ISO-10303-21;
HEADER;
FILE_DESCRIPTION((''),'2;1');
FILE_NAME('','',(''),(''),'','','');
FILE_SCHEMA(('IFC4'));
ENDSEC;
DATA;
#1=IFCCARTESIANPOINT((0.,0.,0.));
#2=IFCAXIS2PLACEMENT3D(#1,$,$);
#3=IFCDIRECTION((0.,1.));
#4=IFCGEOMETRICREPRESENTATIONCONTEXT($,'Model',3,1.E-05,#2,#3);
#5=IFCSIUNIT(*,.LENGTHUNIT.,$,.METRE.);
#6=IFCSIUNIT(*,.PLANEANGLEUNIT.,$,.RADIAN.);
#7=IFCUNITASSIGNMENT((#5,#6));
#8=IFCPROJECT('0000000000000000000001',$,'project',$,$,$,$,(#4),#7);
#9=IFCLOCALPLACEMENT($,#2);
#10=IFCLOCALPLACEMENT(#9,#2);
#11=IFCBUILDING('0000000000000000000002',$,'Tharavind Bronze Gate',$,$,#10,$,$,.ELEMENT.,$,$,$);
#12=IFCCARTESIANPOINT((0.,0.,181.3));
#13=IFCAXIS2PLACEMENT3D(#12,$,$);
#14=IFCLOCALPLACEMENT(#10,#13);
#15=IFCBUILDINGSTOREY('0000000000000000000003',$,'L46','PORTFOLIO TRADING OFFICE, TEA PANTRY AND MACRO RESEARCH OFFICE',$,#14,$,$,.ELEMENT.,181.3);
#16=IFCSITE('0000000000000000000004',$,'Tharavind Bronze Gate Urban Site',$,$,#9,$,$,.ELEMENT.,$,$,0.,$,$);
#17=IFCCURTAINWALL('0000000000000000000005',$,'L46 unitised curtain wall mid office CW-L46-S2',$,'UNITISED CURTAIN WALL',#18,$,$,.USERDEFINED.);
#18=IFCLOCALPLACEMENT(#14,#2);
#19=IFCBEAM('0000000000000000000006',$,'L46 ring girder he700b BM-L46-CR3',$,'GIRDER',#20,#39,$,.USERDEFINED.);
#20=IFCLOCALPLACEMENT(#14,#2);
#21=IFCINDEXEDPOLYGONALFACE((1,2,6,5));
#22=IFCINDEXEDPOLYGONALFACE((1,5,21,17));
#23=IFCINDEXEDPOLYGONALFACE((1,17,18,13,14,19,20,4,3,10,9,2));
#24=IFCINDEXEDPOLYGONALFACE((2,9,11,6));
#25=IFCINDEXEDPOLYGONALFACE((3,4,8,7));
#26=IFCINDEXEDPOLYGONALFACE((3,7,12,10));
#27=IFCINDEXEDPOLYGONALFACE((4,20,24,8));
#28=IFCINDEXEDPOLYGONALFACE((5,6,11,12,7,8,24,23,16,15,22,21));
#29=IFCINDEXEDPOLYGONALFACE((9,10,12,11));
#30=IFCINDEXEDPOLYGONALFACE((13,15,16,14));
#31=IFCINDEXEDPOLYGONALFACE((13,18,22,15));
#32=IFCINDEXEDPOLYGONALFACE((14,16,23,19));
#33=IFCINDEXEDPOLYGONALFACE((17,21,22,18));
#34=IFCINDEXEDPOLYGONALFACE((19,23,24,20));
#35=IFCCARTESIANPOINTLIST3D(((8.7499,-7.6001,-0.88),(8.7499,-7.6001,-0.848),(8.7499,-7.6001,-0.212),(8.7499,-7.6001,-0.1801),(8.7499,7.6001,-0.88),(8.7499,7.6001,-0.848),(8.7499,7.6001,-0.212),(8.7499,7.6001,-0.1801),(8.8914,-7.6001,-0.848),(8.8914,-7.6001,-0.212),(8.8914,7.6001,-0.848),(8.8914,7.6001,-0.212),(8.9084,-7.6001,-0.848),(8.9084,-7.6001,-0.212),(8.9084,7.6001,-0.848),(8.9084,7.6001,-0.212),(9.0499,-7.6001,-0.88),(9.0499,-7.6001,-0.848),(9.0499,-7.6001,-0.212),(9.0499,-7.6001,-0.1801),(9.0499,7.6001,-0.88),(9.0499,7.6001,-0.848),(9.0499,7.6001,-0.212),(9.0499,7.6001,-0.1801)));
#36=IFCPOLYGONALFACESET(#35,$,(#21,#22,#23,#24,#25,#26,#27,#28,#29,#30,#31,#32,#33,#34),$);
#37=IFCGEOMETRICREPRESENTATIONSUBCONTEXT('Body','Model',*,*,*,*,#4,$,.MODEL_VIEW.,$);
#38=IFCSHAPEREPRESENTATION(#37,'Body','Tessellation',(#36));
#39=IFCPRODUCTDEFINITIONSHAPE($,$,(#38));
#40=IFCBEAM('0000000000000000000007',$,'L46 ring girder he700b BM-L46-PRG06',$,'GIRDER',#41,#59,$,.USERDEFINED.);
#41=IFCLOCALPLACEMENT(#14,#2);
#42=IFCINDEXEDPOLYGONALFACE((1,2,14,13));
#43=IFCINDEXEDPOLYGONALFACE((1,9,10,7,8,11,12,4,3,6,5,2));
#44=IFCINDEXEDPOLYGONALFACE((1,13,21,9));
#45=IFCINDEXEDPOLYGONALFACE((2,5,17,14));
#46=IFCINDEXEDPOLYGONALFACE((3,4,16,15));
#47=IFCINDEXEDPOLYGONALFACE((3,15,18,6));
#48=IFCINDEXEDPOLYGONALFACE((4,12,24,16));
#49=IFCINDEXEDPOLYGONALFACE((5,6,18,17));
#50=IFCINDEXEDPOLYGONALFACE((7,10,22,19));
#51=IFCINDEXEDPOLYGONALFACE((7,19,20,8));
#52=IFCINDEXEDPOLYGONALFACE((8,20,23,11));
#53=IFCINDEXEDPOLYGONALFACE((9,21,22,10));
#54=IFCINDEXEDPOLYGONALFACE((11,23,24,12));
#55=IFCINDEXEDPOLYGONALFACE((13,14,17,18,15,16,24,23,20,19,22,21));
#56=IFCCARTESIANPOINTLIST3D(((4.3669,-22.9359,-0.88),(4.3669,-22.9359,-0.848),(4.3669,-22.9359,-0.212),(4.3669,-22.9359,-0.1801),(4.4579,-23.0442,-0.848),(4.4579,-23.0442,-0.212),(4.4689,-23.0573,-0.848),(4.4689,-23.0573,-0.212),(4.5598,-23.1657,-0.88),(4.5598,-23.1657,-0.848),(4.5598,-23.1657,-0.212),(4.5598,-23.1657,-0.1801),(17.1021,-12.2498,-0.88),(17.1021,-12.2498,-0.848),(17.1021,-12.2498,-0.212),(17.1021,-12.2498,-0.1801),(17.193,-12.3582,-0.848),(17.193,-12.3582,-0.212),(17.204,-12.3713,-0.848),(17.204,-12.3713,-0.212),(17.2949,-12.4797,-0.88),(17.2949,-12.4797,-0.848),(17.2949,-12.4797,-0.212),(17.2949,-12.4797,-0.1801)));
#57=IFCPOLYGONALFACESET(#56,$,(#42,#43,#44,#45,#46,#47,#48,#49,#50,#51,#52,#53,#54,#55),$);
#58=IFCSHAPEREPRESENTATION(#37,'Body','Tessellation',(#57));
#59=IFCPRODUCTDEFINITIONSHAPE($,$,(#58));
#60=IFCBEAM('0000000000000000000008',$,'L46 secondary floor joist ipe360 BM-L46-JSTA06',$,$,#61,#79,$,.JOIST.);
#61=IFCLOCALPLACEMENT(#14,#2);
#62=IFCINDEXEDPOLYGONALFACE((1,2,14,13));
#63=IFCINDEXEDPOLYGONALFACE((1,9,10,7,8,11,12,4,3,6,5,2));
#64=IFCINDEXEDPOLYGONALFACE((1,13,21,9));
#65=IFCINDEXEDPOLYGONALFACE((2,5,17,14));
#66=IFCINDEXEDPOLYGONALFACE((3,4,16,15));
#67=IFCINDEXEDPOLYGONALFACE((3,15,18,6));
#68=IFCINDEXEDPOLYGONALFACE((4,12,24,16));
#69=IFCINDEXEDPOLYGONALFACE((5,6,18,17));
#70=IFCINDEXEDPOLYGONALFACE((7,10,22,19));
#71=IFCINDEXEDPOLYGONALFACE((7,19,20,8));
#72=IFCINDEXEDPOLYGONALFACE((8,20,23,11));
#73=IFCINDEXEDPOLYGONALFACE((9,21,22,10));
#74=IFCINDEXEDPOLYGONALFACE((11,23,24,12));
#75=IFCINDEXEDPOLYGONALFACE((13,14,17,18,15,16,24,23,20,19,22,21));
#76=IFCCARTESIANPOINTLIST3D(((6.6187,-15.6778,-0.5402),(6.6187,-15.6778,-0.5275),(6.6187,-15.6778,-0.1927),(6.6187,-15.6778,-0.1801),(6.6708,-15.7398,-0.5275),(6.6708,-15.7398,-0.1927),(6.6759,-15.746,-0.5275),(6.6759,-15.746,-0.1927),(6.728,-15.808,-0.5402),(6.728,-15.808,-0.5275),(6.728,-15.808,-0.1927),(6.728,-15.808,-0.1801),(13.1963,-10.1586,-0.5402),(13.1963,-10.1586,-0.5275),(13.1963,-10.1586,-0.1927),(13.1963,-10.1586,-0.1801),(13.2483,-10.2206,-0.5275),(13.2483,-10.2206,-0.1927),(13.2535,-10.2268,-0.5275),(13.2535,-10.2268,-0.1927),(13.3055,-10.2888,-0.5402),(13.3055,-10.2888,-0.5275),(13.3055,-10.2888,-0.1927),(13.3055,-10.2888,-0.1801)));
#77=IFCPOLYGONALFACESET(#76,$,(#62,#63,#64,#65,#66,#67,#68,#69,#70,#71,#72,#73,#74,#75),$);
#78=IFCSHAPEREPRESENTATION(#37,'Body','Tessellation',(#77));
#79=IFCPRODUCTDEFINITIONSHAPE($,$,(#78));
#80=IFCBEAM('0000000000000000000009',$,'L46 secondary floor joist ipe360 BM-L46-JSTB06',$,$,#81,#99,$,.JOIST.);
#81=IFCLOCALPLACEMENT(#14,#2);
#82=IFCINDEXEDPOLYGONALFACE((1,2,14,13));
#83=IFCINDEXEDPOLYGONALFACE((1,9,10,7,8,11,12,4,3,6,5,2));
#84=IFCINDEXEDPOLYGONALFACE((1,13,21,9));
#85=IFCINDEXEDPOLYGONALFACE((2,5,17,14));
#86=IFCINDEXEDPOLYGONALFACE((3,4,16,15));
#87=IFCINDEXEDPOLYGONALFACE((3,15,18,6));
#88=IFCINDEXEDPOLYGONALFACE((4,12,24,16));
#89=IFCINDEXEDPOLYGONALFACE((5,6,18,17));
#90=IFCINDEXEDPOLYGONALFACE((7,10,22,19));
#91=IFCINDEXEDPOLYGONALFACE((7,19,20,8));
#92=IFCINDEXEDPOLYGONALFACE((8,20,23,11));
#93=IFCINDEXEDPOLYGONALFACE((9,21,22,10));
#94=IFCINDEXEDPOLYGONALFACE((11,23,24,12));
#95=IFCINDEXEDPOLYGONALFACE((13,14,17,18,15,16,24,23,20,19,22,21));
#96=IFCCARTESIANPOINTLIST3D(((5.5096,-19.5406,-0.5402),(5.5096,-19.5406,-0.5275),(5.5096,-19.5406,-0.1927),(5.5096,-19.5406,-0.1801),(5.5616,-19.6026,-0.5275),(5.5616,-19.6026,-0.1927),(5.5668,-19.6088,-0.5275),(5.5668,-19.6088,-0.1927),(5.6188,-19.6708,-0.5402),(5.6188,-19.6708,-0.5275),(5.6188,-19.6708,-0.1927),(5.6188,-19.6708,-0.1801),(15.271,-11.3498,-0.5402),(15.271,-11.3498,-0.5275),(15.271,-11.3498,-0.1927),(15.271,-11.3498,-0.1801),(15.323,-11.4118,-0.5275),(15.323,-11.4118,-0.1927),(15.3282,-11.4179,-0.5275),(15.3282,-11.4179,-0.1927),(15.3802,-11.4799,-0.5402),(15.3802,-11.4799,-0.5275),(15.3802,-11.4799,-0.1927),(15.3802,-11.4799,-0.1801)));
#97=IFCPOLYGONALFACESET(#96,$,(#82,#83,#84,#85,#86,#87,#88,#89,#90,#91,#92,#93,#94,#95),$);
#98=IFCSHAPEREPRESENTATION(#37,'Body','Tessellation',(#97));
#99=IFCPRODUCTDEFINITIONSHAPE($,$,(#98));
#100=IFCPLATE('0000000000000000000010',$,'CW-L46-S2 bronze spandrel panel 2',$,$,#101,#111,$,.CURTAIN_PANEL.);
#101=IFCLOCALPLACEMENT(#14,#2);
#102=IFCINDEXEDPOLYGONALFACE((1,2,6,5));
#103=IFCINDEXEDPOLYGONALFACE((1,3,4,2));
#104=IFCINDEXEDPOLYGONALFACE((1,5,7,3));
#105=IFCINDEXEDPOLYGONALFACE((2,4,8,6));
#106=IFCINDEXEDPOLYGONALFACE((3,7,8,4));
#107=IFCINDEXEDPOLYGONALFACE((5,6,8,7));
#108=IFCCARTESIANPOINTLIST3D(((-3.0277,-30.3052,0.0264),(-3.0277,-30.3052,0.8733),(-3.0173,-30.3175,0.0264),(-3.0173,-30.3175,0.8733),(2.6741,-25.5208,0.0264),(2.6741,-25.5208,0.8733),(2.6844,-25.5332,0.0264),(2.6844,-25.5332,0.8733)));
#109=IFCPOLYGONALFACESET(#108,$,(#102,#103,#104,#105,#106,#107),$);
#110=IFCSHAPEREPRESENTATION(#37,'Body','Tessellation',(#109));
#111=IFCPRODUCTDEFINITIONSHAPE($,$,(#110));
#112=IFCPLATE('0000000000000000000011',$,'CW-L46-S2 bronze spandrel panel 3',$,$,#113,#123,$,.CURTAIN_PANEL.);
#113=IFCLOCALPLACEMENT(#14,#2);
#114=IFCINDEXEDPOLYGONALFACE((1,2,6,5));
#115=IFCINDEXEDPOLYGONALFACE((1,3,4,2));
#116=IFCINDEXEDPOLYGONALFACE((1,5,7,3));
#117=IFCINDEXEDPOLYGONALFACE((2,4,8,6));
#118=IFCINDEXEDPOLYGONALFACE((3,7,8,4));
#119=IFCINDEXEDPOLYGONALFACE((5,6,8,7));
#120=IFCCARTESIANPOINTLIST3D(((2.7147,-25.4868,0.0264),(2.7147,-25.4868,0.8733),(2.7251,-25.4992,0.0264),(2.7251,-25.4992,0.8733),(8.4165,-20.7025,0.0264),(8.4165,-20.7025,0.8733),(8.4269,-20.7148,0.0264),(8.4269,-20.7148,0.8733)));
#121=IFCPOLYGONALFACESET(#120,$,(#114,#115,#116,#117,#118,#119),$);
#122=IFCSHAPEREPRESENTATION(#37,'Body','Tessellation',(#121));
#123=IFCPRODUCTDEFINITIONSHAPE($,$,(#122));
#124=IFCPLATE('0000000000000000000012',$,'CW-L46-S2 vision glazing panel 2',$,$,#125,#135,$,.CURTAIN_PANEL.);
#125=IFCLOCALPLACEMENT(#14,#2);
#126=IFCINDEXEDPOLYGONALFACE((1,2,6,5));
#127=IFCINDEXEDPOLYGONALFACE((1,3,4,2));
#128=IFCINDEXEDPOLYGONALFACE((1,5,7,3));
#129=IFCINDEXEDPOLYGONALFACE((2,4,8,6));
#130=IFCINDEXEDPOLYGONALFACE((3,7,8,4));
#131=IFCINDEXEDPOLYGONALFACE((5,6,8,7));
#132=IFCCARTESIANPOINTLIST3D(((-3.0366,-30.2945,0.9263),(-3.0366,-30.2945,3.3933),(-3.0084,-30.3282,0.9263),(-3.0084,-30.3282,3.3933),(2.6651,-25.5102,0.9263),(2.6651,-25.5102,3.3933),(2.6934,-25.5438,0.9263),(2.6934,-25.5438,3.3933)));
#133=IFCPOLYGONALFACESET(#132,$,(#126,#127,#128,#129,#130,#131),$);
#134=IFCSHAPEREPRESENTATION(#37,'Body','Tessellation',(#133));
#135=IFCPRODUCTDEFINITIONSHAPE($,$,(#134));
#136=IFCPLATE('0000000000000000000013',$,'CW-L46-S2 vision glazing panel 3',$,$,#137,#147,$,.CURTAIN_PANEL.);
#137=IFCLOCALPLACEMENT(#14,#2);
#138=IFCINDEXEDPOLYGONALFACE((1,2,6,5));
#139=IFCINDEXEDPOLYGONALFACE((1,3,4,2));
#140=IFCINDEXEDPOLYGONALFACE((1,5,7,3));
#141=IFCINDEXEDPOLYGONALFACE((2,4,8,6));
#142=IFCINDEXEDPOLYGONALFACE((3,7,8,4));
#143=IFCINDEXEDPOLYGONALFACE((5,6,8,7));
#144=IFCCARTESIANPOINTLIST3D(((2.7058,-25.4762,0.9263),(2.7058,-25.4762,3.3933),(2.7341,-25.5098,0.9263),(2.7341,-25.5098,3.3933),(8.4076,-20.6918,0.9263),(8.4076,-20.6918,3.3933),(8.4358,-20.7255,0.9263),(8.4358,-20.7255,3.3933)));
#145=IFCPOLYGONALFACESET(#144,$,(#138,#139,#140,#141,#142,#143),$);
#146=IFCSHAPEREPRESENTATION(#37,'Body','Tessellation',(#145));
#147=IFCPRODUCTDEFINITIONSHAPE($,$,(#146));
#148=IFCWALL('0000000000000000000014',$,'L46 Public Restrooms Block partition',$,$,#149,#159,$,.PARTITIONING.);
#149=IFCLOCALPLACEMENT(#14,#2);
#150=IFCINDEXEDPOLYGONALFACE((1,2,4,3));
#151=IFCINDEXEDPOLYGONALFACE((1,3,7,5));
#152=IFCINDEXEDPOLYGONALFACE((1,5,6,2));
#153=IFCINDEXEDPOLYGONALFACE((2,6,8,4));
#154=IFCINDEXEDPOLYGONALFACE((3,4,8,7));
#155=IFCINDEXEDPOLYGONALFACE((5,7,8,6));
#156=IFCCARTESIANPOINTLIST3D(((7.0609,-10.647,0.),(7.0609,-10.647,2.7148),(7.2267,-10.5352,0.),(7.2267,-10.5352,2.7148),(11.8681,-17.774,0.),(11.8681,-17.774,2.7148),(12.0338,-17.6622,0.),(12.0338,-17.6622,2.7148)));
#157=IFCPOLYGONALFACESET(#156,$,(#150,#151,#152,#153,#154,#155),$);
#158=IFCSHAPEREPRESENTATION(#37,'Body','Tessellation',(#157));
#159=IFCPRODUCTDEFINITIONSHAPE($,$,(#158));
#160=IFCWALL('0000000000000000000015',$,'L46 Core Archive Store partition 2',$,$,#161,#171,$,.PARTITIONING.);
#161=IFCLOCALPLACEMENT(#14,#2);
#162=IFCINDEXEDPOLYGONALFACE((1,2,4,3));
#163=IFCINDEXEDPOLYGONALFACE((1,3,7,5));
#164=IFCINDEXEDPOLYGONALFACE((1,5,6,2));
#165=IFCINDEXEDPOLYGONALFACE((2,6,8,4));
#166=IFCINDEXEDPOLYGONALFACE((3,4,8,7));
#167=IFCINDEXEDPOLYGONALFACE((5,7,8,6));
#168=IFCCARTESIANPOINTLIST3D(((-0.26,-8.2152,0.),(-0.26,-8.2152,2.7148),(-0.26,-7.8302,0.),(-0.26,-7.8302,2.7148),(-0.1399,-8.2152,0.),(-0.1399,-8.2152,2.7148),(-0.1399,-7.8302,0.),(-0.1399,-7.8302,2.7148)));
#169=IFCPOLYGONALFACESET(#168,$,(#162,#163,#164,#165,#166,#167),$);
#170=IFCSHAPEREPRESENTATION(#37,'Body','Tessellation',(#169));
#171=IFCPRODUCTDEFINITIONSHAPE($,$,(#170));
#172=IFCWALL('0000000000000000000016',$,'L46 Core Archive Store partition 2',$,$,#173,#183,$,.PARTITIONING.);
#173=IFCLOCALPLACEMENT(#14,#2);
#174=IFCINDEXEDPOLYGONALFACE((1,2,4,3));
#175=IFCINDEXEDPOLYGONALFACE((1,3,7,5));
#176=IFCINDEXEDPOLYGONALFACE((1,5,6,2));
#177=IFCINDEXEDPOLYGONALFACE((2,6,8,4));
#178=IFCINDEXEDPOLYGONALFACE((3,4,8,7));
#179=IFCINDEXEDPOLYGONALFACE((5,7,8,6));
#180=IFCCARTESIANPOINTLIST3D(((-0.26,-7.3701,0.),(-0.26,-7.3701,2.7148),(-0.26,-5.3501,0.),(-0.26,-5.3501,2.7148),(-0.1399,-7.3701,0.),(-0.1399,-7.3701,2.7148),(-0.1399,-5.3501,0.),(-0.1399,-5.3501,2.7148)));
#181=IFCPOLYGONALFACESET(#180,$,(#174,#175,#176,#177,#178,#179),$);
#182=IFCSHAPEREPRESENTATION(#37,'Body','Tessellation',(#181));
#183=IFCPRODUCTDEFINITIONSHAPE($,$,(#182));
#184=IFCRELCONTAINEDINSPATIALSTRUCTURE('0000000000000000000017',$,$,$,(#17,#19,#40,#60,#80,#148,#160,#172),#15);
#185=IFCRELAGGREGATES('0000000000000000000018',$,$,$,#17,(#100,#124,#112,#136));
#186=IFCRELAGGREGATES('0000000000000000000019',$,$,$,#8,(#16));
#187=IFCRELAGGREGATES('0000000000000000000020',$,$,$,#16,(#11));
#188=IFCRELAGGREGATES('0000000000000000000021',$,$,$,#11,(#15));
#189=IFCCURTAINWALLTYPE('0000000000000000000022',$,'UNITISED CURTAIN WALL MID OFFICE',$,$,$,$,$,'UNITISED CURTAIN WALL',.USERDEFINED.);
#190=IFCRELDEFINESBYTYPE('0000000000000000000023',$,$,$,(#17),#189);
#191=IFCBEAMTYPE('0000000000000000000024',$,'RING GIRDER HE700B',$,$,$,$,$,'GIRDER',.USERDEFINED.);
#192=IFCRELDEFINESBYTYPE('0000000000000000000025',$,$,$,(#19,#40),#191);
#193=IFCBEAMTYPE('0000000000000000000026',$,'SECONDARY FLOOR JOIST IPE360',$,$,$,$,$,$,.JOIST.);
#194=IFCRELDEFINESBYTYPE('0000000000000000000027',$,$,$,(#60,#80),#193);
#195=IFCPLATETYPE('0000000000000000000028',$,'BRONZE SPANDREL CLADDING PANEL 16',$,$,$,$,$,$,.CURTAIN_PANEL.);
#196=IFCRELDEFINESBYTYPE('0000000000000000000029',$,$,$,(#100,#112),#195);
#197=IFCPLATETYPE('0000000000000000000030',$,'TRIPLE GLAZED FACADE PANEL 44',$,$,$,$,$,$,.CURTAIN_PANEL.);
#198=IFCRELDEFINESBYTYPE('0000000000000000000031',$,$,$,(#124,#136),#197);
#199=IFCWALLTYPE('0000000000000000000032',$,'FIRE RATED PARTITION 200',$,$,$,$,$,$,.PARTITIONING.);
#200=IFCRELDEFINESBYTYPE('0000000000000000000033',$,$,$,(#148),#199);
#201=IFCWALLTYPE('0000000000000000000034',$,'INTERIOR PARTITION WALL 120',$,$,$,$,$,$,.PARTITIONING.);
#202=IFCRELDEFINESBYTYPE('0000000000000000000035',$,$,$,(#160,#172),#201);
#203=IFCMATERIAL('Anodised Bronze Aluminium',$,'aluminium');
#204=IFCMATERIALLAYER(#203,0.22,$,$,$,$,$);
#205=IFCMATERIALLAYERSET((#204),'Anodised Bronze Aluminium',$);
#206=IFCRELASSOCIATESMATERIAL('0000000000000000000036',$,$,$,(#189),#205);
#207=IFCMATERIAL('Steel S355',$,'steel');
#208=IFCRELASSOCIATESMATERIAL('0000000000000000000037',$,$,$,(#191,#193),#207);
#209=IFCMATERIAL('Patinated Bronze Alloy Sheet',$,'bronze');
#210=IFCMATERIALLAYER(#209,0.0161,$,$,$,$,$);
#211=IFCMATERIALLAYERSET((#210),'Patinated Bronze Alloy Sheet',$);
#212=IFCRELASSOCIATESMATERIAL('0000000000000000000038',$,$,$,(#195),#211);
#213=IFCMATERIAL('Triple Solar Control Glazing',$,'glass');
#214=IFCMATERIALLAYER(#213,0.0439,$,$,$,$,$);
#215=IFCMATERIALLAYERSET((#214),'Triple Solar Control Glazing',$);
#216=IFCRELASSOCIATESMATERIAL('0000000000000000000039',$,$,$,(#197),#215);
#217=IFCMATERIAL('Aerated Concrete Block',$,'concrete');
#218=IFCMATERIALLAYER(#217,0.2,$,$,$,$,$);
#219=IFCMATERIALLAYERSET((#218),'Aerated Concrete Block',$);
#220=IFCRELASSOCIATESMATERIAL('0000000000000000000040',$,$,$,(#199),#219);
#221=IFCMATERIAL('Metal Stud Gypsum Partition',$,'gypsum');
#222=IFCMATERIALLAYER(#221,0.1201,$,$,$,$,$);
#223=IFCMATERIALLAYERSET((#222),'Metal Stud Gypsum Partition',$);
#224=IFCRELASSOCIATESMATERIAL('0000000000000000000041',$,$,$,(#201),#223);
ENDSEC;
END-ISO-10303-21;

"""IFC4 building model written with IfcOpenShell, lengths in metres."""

from ifc_helpers import new_model, si_unit, direction, frame, frame_2d, origin, origin_2d, place, context, subcontext, project, spatial, rectangle, i_section, extrude, material, layer, layer_set, material_profile, profile_set, type_object, element, aggregate, save


model = new_model("IFC4")

# Units and contexts
model_context = context("Model", 3, precision=1e-05, world=origin(), true_north=direction((0.0, 1.0)))
body_context = subcontext(model_context, "Body", "Model", "MODEL_VIEW")
ifc_project = project(units=[si_unit("LENGTHUNIT", "METRE"), si_unit("PLANEANGLEUNIT", "RADIAN")], contexts=[model_context])

# Site, building, storey
site_placement = place(None, origin())
site = spatial("IfcSite", under=ifc_project, at=site_placement, Name="Tharavind Bronze Gate Urban Site", CompositionType="ELEMENT", RefElevation=0.0)
building_placement = place(site_placement, origin())
building = spatial("IfcBuilding", under=site, at=building_placement, Name="Tharavind Bronze Gate", CompositionType="ELEMENT")
storey_placement = place(building_placement, frame((0.0, 0.0, 181.3)))
storey = spatial("IfcBuildingStorey", under=building, at=storey_placement, Name="L46", Description="PORTFOLIO TRADING OFFICE, TEA PANTRY AND MACRO RESEARCH OFFICE", CompositionType="ELEMENT", Elevation=181.3)

# Curtain wall
ifc_material_1 = material(Name="Anodised Bronze Aluminium", Category="aluminium")
ifc_layer_1 = layer(ifc_material_1, 0.22)
ifc_layer_set_1 = layer_set([ifc_layer_1], Name="Anodised Bronze Aluminium")
curtain_wall_type = type_object("IfcCurtainWallType", Name="UNITISED CURTAIN WALL MID OFFICE", ElementType="UNITISED CURTAIN WALL", PredefinedType="USERDEFINED", material=ifc_layer_set_1)
curtain_wall_placement = place(storey_placement, origin())
curtain_wall = element("IfcCurtainWall", 1, at=curtain_wall_placement, inside=storey, type_object=curtain_wall_type, Name="L46 unitised curtain wall mid office CW-L46-S2", ObjectType="UNITISED CURTAIN WALL", PredefinedType="USERDEFINED")

# Beams
ifc_material_2 = material(Name="Steel S355", Category="steel")
ifc_material_profile_1 = material_profile(ifc_material_2, i_section(OverallWidth=0.3, OverallDepth=0.7, WebThickness=0.0171, FlangeThickness=0.032, at=origin_2d()), Name="HE700B")
ifc_profile_set_1 = profile_set([ifc_material_profile_1], Name="Steel S355")
beam_type_1 = type_object("IfcBeamType", Name="RING GIRDER HE700B", ElementType="GIRDER", PredefinedType="USERDEFINED", material=ifc_profile_set_1)
beam_1_placement = place(storey_placement, frame((8.8999, -7.6001, -0.53), z_axis=(0.0, 1.0, 0.0), x_axis=(-1.0, 0.0, 0.0)))
element("IfcBeam", 2, at=beam_1_placement, inside=storey, type_object=beam_type_1, Name="L46 ring girder he700b BM-L46-CR3", ObjectType="GIRDER", PredefinedType="USERDEFINED", context=body_context, shape_type="SweptSolid", body=[
    extrude(i_section(OverallWidth=0.3, OverallDepth=0.7, WebThickness=0.0171, FlangeThickness=0.032, at=origin_2d()), origin(), (0.0, 0.0, 1.0), 15.2002),
])
beam_2_placement = place(storey_placement, frame((4.4634, -23.0508, -0.53), z_axis=(0.766044, 0.642788, 0.0), x_axis=(-0.642788, 0.766044, 0.0)))
element("IfcBeam", 3, at=beam_2_placement, inside=storey, type_object=beam_type_1, Name="L46 ring girder he700b BM-L46-PRG06", ObjectType="GIRDER", PredefinedType="USERDEFINED", context=body_context, shape_type="SweptSolid", body=[
    extrude(i_section(OverallWidth=0.3, OverallDepth=0.7, WebThickness=0.0171, FlangeThickness=0.032, at=origin_2d()), origin(), (0.0, 0.0, 1.0), 16.6245),
])
ifc_material_profile_2 = material_profile(ifc_material_2, i_section(OverallWidth=0.1699, OverallDepth=0.3601, WebThickness=0.0081, FlangeThickness=0.0127, at=origin_2d()), Name="IPE360")
ifc_profile_set_2 = profile_set([ifc_material_profile_2], Name="Steel S355")
beam_type_2 = type_object("IfcBeamType", Name="SECONDARY FLOOR JOIST IPE360", PredefinedType="JOIST", material=ifc_profile_set_2)
beam_3_placement = place(storey_placement, frame((6.6733, -15.7429, -0.3601), z_axis=(0.766045, 0.642787, 0.0), x_axis=(-0.642787, 0.766045, 0.0)))
element("IfcBeam", 4, at=beam_3_placement, inside=storey, type_object=beam_type_2, Name="L46 secondary floor joist ipe360 BM-L46-JSTA06", PredefinedType="JOIST", context=body_context, shape_type="SweptSolid", body=[
    extrude(i_section(OverallWidth=0.1699, OverallDepth=0.3601, WebThickness=0.0081, FlangeThickness=0.0127, at=origin_2d()), origin(), (0.0, 0.0, 1.0), 8.5864),
])
beam_4_placement = place(storey_placement, frame((5.5642, -19.6057, -0.3601), z_axis=(0.766042, 0.642791, 0.0), x_axis=(-0.642791, 0.766042, 0.0)))
element("IfcBeam", 5, at=beam_4_placement, inside=storey, type_object=beam_type_2, Name="L46 secondary floor joist ipe360 BM-L46-JSTB06", PredefinedType="JOIST", context=body_context, shape_type="SweptSolid", body=[
    extrude(i_section(OverallWidth=0.1699, OverallDepth=0.3601, WebThickness=0.0081, FlangeThickness=0.0127, at=origin_2d()), origin(), (0.0, 0.0, 1.0), 12.7427),
])

# Plates
ifc_material_3 = material(Name="Patinated Bronze Alloy Sheet", Category="bronze")
ifc_layer_2 = layer(ifc_material_3, 0.0161)
ifc_layer_set_2 = layer_set([ifc_layer_2], Name="Patinated Bronze Alloy Sheet")
plate_type_1 = type_object("IfcPlateType", Name="BRONZE SPANDREL CLADDING PANEL 16", PredefinedType="CURTAIN_PANEL", material=ifc_layer_set_2)
plate_1_placement = place(storey_placement, frame((-0.1716, -27.9192, 0.0264), z_axis=(0.0, 0.0, 1.0), x_axis=(0.766043, 0.642789, 0.0)))
plate_1 = element("IfcPlate", 6, at=plate_1_placement, type_object=plate_type_1, Name="CW-L46-S2 bronze spandrel panel 2", PredefinedType="CURTAIN_PANEL", context=body_context, shape_type="SweptSolid", body=[
    extrude(rectangle(XDim=7.4431, YDim=0.0161, at=origin_2d()), origin(), (0.0, 0.0, 1.0), 0.8469),
])
plate_2_placement = place(storey_placement, frame((5.5708, -23.1008, 0.0264), z_axis=(0.0, 0.0, 1.0), x_axis=(0.766043, 0.642789, 0.0)))
plate_2 = element("IfcPlate", 7, at=plate_2_placement, type_object=plate_type_1, Name="CW-L46-S2 bronze spandrel panel 3", PredefinedType="CURTAIN_PANEL", context=body_context, shape_type="SweptSolid", body=[
    extrude(rectangle(XDim=7.4431, YDim=0.0161, at=origin_2d()), origin(), (0.0, 0.0, 1.0), 0.8469),
])
ifc_material_4 = material(Name="Triple Solar Control Glazing", Category="glass")
ifc_layer_3 = layer(ifc_material_4, 0.0439)
ifc_layer_set_3 = layer_set([ifc_layer_3], Name="Triple Solar Control Glazing")
plate_type_2 = type_object("IfcPlateType", Name="TRIPLE GLAZED FACADE PANEL 44", PredefinedType="CURTAIN_PANEL", material=ifc_layer_set_3)
plate_3_placement = place(storey_placement, frame((-0.1716, -27.9192, 0.9263), z_axis=(0.0, 0.0, 1.0), x_axis=(0.766043, 0.642789, 0.0)))
plate_3 = element("IfcPlate", 8, at=plate_3_placement, type_object=plate_type_2, Name="CW-L46-S2 vision glazing panel 2", PredefinedType="CURTAIN_PANEL", context=body_context, shape_type="SweptSolid", body=[
    extrude(rectangle(XDim=7.4431, YDim=0.0439, at=origin_2d()), origin(), (0.0, 0.0, 1.0), 2.467),
])
plate_4_placement = place(storey_placement, frame((5.5708, -23.1008, 0.9263), z_axis=(0.0, 0.0, 1.0), x_axis=(0.766043, 0.642789, 0.0)))
plate_4 = element("IfcPlate", 9, at=plate_4_placement, type_object=plate_type_2, Name="CW-L46-S2 vision glazing panel 3", PredefinedType="CURTAIN_PANEL", context=body_context, shape_type="SweptSolid", body=[
    extrude(rectangle(XDim=7.4431, YDim=0.0439, at=origin_2d()), origin(), (0.0, 0.0, 1.0), 2.467),
])
aggregate(curtain_wall, [plate_1, plate_3, plate_2, plate_4])

# Walls
ifc_material_5 = material(Name="Aerated Concrete Block", Category="concrete")
ifc_layer_4 = layer(ifc_material_5, 0.2)
ifc_layer_set_4 = layer_set([ifc_layer_4], Name="Aerated Concrete Block")
wall_type_1 = type_object("IfcWallType", Name="FIRE RATED PARTITION 200", PredefinedType="PARTITIONING", material=ifc_layer_set_4)
wall_1_placement = place(storey_placement, frame((7.1438, -10.5911, 0.0), z_axis=(0.0, 0.0, 1.0), x_axis=(0.559188, -0.829041, 0.0)))
element("IfcWall", 10, at=wall_1_placement, inside=storey, type_object=wall_type_1, Name="L46 Public Restrooms Block partition", PredefinedType="PARTITIONING", context=body_context, shape_type="SweptSolid", body=[
    extrude(rectangle(XDim=8.5967, YDim=0.2, at=frame_2d((4.2983, 0.0))), origin(), (0.0, 0.0, 1.0), 2.7148),
])
ifc_material_6 = material(Name="Metal Stud Gypsum Partition", Category="gypsum")
ifc_layer_5 = layer(ifc_material_6, 0.1201)
ifc_layer_set_5 = layer_set([ifc_layer_5], Name="Metal Stud Gypsum Partition")
wall_type_2 = type_object("IfcWallType", Name="INTERIOR PARTITION WALL 120", PredefinedType="PARTITIONING", material=ifc_layer_set_5)
wall_2_placement = place(storey_placement, frame((-0.2, -8.2151, 0.0), z_axis=(0.0, 0.0, 1.0), x_axis=(0.0, 1.0, 0.0)))
element("IfcWall", 11, at=wall_2_placement, inside=storey, type_object=wall_type_2, Name="L46 Core Archive Store partition 2", PredefinedType="PARTITIONING", context=body_context, shape_type="SweptSolid", body=[
    extrude(rectangle(XDim=0.385, YDim=0.1201, at=frame_2d((0.1924, 0.0))), origin(), (0.0, 0.0, 1.0), 2.7148),
])
wall_3_placement = place(storey_placement, frame((-0.2, -7.3701, 0.0), z_axis=(0.0, 0.0, 1.0), x_axis=(0.0, 1.0, 0.0)))
element("IfcWall", 12, at=wall_3_placement, inside=storey, type_object=wall_type_2, Name="L46 Core Archive Store partition 2", PredefinedType="PARTITIONING", context=body_context, shape_type="SweptSolid", body=[
    extrude(rectangle(XDim=2.02, YDim=0.1201, at=frame_2d((1.01, 0.0))), origin(), (0.0, 0.0, 1.0), 2.7148),
])

save(model, "model.ifc")
